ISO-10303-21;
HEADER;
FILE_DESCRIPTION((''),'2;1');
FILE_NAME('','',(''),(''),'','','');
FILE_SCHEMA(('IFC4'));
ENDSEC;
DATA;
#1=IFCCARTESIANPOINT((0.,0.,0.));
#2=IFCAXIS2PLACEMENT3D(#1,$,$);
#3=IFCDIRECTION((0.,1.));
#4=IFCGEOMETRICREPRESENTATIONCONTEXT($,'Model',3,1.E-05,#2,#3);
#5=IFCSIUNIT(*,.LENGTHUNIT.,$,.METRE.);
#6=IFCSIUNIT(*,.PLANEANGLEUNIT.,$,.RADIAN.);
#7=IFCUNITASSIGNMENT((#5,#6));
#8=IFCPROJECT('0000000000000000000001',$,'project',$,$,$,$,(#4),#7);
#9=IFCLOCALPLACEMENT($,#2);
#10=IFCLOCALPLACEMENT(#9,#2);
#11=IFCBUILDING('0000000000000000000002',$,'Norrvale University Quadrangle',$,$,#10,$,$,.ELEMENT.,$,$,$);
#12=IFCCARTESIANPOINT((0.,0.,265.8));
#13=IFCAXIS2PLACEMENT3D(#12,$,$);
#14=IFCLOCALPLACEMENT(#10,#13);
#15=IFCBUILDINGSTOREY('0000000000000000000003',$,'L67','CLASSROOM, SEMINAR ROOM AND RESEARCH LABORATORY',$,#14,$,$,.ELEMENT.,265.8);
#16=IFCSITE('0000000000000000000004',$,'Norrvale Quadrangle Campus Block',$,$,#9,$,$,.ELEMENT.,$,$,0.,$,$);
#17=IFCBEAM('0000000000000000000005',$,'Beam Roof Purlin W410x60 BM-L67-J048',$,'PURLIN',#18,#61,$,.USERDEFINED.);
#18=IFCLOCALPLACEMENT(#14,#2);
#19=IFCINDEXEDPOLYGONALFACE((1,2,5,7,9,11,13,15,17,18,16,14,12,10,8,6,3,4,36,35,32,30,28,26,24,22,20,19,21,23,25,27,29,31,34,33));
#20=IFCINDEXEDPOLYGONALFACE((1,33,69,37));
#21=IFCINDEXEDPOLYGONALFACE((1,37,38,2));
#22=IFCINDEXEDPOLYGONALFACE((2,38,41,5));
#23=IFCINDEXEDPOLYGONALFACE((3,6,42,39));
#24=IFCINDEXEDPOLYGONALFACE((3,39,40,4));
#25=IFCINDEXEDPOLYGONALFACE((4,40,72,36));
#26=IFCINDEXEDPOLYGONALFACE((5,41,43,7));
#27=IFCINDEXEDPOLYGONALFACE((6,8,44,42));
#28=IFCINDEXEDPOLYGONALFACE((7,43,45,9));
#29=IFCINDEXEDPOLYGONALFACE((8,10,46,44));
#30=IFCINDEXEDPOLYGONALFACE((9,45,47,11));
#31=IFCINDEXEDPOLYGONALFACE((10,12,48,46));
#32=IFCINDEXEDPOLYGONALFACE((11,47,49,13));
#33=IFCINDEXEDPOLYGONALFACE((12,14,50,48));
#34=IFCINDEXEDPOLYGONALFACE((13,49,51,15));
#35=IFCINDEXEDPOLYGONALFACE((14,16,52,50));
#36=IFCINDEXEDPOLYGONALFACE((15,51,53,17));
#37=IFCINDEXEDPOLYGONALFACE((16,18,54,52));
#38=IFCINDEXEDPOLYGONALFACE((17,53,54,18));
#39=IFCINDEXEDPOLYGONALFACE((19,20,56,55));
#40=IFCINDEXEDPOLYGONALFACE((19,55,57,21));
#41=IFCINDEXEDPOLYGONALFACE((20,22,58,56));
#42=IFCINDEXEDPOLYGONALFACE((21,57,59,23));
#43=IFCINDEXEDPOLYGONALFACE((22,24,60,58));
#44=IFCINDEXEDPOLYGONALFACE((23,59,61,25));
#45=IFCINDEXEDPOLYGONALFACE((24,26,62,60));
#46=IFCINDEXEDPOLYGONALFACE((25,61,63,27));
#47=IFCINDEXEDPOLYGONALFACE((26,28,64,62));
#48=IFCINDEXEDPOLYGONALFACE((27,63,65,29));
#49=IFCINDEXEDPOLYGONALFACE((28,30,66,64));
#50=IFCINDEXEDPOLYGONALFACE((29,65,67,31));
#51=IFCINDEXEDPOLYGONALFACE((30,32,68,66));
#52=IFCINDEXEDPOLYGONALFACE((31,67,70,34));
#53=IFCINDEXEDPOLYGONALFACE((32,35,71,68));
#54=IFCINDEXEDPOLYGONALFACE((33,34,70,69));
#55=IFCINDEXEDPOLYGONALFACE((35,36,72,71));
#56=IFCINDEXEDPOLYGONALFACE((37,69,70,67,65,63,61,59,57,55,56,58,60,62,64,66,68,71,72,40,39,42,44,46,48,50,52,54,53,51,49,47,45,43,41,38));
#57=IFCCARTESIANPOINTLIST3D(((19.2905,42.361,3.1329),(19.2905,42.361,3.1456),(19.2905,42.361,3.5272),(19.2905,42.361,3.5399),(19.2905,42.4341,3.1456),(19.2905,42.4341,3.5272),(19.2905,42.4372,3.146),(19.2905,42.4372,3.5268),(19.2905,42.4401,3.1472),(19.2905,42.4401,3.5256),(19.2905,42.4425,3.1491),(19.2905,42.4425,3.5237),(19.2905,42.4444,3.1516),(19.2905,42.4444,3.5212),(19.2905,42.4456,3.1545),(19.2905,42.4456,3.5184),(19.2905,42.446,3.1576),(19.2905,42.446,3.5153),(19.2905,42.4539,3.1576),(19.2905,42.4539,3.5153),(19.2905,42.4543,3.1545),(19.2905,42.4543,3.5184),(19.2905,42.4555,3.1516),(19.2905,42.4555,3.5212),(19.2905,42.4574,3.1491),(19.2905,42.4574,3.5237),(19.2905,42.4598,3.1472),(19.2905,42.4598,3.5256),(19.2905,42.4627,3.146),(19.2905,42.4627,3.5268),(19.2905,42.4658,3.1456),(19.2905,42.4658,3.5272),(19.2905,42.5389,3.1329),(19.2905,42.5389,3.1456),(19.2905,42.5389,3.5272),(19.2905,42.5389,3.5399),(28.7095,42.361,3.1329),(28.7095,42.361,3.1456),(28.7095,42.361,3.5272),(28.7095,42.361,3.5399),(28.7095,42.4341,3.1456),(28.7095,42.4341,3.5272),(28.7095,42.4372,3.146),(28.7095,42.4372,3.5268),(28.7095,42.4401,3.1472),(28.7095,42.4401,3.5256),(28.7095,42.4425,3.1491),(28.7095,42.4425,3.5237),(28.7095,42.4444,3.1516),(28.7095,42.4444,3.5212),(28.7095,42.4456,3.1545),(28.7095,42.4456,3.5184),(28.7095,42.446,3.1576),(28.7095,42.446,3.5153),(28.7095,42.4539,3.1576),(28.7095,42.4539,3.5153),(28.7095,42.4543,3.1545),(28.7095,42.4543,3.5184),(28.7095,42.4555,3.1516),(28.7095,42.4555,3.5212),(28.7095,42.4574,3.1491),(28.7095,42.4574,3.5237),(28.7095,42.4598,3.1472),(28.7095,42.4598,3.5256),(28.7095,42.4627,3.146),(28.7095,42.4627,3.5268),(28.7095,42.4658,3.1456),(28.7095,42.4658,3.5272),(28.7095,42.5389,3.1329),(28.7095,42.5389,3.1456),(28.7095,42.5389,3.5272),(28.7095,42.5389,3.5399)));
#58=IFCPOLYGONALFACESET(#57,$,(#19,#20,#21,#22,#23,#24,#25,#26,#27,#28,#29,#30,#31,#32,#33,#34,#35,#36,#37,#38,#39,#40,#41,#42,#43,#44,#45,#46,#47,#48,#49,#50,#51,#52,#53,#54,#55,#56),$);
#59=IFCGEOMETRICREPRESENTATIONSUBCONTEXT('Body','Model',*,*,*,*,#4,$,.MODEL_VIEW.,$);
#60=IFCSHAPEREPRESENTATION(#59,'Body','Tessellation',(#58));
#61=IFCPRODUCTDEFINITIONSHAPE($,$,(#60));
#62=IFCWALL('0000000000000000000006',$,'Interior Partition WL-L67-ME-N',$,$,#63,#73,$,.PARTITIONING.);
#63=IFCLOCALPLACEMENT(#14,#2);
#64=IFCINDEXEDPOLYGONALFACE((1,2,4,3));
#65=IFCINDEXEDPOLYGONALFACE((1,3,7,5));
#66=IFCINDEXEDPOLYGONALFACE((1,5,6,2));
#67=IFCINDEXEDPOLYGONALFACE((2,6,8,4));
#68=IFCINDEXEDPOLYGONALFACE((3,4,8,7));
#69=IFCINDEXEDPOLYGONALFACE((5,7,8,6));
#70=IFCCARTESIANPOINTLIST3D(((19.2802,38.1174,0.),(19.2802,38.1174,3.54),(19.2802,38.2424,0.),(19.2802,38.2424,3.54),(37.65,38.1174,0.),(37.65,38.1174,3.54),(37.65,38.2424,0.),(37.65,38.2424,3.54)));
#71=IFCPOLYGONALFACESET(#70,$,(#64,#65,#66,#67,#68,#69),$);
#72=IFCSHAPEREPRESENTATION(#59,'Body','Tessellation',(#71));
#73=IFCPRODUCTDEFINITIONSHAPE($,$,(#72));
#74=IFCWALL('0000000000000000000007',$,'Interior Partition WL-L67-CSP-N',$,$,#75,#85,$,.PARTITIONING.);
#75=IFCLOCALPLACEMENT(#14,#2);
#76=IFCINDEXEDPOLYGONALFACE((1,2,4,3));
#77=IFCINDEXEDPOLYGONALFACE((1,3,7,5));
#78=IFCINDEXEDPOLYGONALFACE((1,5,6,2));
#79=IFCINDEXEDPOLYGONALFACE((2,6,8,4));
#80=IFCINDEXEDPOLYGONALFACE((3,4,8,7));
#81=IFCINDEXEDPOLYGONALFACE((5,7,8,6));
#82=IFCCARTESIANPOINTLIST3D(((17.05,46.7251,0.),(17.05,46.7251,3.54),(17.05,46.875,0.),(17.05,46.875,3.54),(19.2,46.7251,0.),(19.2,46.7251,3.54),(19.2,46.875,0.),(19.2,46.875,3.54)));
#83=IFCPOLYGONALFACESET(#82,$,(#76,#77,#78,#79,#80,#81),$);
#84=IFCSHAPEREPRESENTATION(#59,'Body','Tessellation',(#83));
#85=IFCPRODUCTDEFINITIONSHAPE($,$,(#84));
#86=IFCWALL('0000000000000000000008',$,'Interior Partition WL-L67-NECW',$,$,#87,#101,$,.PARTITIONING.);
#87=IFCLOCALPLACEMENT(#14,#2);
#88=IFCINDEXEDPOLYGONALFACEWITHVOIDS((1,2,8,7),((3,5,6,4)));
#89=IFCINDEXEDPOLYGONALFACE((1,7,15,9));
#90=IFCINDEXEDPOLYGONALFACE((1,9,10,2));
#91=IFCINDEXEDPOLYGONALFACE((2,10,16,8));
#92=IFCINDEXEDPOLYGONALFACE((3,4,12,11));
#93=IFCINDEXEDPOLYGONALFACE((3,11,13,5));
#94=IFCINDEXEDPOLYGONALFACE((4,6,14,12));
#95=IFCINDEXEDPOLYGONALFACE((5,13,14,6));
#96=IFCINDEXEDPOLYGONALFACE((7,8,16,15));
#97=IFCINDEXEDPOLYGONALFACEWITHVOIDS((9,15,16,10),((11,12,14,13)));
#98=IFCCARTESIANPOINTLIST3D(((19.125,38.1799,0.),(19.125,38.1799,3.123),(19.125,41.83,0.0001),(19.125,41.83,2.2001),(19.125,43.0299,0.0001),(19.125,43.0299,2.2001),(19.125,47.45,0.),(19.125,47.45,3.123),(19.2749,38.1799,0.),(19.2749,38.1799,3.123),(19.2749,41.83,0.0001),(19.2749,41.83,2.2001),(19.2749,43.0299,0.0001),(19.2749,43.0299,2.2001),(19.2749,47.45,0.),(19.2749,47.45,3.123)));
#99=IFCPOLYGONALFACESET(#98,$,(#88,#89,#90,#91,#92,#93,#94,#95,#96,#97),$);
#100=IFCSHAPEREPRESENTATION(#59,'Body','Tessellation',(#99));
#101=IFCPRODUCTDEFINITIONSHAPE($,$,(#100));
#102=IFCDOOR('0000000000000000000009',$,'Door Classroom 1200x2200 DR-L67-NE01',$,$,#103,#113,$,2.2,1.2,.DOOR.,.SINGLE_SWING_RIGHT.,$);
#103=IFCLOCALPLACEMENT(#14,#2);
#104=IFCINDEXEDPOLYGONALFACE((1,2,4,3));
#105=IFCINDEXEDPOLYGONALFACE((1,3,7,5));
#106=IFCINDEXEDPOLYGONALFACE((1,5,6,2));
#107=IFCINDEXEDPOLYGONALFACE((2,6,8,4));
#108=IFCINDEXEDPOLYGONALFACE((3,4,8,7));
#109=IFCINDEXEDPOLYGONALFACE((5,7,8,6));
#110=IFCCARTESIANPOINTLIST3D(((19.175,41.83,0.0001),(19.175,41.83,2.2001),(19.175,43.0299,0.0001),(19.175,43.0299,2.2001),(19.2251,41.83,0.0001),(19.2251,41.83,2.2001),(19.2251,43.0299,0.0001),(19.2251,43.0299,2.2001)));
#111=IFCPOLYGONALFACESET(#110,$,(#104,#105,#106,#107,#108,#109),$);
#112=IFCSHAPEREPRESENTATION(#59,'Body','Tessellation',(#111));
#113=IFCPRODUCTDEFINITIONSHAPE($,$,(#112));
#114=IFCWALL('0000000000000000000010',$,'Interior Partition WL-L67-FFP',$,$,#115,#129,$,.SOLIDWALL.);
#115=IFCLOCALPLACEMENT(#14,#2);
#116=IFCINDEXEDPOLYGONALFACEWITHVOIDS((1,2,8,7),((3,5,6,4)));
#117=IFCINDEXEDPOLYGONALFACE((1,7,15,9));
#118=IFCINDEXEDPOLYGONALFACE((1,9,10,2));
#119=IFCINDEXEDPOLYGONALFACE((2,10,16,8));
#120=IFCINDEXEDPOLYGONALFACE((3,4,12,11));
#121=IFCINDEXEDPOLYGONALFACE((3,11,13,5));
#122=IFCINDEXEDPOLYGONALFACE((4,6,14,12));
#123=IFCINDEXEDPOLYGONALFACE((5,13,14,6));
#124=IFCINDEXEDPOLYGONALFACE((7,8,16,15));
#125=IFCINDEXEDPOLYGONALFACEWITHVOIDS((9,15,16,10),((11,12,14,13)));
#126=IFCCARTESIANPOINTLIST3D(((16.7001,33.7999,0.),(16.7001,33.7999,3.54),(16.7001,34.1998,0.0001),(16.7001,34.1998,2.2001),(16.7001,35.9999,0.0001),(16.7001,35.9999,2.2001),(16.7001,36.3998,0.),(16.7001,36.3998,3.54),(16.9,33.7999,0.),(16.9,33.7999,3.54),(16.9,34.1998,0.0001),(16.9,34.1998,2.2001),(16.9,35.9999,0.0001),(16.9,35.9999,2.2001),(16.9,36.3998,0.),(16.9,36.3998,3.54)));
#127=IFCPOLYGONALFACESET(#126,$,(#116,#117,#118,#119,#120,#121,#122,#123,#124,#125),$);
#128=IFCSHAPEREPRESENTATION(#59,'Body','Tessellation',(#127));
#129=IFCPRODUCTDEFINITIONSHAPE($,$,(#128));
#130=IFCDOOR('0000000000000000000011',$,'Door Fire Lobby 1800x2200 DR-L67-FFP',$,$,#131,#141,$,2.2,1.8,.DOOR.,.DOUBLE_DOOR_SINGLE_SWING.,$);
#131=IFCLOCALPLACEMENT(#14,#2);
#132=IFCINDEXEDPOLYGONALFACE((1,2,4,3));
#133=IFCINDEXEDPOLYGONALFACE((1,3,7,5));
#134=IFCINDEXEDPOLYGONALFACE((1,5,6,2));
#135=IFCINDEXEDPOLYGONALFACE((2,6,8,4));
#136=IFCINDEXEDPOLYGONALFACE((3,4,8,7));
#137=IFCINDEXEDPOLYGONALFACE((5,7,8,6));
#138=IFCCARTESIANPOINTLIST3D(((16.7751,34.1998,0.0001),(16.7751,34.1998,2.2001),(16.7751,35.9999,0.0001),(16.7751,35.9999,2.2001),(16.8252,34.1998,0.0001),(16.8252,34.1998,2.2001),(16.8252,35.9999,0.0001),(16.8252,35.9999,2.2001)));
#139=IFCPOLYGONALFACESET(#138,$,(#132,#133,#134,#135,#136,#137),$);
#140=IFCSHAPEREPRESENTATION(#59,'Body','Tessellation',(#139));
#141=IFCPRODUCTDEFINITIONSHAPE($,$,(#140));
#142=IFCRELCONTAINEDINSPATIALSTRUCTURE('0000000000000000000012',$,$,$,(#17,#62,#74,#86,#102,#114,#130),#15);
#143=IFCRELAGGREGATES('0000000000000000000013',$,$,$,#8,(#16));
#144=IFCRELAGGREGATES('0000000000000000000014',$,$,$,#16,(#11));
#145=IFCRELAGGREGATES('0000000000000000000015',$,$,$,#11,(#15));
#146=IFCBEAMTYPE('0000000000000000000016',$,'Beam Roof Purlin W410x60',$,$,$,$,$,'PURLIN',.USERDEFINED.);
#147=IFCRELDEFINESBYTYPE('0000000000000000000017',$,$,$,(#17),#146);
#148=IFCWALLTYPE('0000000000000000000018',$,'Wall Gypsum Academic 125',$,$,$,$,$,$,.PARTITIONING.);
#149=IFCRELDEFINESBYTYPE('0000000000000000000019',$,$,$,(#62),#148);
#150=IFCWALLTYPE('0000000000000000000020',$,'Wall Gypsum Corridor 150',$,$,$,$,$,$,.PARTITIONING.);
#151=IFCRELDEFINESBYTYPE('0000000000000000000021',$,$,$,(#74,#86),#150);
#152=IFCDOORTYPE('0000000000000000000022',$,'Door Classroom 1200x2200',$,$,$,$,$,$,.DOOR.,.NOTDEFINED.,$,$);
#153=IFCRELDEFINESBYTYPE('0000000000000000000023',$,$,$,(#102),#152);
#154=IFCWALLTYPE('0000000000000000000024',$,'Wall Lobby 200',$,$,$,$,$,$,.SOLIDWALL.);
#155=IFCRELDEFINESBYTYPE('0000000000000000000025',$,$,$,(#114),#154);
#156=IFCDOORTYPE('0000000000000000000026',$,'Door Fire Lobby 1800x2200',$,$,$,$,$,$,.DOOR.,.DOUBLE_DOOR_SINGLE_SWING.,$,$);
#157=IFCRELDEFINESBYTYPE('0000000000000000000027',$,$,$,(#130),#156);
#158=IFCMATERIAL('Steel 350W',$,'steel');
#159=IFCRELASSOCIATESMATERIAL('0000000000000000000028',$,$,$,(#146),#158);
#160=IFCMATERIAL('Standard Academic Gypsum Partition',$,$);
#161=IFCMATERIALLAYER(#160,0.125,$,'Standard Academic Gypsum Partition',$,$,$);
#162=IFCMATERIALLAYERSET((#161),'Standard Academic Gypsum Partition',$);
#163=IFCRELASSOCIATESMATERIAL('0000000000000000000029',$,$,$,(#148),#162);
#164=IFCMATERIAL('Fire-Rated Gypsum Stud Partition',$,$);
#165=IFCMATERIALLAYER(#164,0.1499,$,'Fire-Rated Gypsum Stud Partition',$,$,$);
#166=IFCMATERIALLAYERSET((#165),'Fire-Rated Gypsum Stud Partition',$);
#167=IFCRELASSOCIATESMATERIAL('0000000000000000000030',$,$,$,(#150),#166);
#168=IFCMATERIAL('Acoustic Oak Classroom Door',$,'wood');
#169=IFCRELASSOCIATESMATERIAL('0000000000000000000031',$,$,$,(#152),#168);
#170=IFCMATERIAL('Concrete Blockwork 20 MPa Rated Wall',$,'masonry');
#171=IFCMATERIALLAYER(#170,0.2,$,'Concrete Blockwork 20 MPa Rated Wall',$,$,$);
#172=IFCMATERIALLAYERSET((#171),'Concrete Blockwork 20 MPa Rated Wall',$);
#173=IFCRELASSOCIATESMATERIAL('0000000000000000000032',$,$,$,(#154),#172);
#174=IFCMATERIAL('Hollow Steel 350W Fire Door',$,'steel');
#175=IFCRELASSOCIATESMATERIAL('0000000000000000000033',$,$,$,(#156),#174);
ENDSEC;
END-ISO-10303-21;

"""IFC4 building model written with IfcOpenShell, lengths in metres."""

from ifc_helpers import new_model, si_unit, direction, frame, frame_2d, origin, origin_2d, place, context, subcontext, project, spatial, rectangle, i_section, extrude, material, layer, layer_set, material_profile, profile_set, type_object, element, fill, save


model = new_model("IFC4")

# Units and contexts
model_context = context("Model", 3, precision=1e-05, world=origin(), true_north=direction((0.0, 1.0)))
body_context = subcontext(model_context, "Body", "Model", "MODEL_VIEW")
ifc_project = project(units=[si_unit("LENGTHUNIT", "METRE"), si_unit("PLANEANGLEUNIT", "RADIAN")], contexts=[model_context])

# Site, building, storey
site_placement = place(None, origin())
site = spatial("IfcSite", under=ifc_project, at=site_placement, Name="Norrvale Quadrangle Campus Block", CompositionType="ELEMENT", RefElevation=0.0)
building_placement = place(site_placement, origin())
building = spatial("IfcBuilding", under=site, at=building_placement, Name="Norrvale University Quadrangle", CompositionType="ELEMENT")
storey_placement = place(building_placement, frame((0.0, 0.0, 265.8)))
storey = spatial("IfcBuildingStorey", under=building, at=storey_placement, Name="L67", Description="CLASSROOM, SEMINAR ROOM AND RESEARCH LABORATORY", CompositionType="ELEMENT", Elevation=265.8)

# Beam
ifc_material_1 = material(Name="Steel 350W", Category="steel")
ifc_material_profile_1 = material_profile(ifc_material_1, i_section(OverallWidth=0.178, OverallDepth=0.407, WebThickness=0.0078, FlangeThickness=0.0127, FilletRadius=0.012, at=origin_2d()), Name="Steel 350W")
ifc_profile_set_1 = profile_set([ifc_material_profile_1], Name="Steel 350W")
beam_type_1 = type_object("IfcBeamType", Name="Beam Roof Purlin W410x60", ElementType="PURLIN", PredefinedType="USERDEFINED", material=ifc_profile_set_1)
for number, where, z_axis, x_axis, name in (
    (1, (19.2905, 42.45, 3.3364), (1.0, 0.0, 0.0), (0.0, 1.0, 0.0), "Beam Roof Purlin W410x60 BM-L67-J048"),
):
    element("IfcBeam", number, at=place(storey_placement, frame(where, z_axis=z_axis, x_axis=x_axis)), inside=storey, type_object=beam_type_1, Name=name, ObjectType="PURLIN", PredefinedType="USERDEFINED", context=body_context, shape_type="SweptSolid", body=[
        extrude(i_section(OverallWidth=0.178, OverallDepth=0.407, WebThickness=0.0078, FlangeThickness=0.0127, FilletRadius=0.012, at=origin_2d()), origin(), (0.0, 0.0, 1.0), 9.4189),
    ])

# Walls
ifc_material_2 = material(Name="Standard Academic Gypsum Partition")
ifc_layer_1 = layer(ifc_material_2, 0.125, Name="Standard Academic Gypsum Partition")
ifc_layer_set_1 = layer_set([ifc_layer_1], Name="Standard Academic Gypsum Partition")
wall_type_1 = type_object("IfcWallType", Name="Wall Gypsum Academic 125", PredefinedType="PARTITIONING", material=ifc_layer_set_1)
wall_1_placement = place(storey_placement, frame((19.28, 38.1799, 0.0), z_axis=(0.0, 0.0, 1.0), x_axis=(1.0, 0.0, 0.0)))
element("IfcWall", 2, at=wall_1_placement, inside=storey, type_object=wall_type_1, Name="Interior Partition WL-L67-ME-N", PredefinedType="PARTITIONING", context=body_context, shape_type="SweptSolid", body=[
    extrude(rectangle(XDim=18.3699, YDim=0.125, at=frame_2d((9.1851, 0.0))), origin(), (0.0, 0.0, 1.0), 3.54),
])
ifc_material_3 = material(Name="Fire-Rated Gypsum Stud Partition")
ifc_layer_2 = layer(ifc_material_3, 0.1499, Name="Fire-Rated Gypsum Stud Partition")
ifc_layer_set_2 = layer_set([ifc_layer_2], Name="Fire-Rated Gypsum Stud Partition")
wall_type_2 = type_object("IfcWallType", Name="Wall Gypsum Corridor 150", PredefinedType="PARTITIONING", material=ifc_layer_set_2)
wall_2_placement = place(storey_placement, frame((17.05, 46.8, 0.0), z_axis=(0.0, 0.0, 1.0), x_axis=(1.0, 0.0, 0.0)))
element("IfcWall", 3, at=wall_2_placement, inside=storey, type_object=wall_type_2, Name="Interior Partition WL-L67-CSP-N", PredefinedType="PARTITIONING", context=body_context, shape_type="SweptSolid", body=[
    extrude(rectangle(XDim=2.1499, YDim=0.1499, at=frame_2d((1.075, 0.0))), origin(), (0.0, 0.0, 1.0), 3.54),
])

# Walls, openings, doors
wall_3_placement = place(storey_placement, frame((19.2, 38.1799, 0.0), z_axis=(0.0, 0.0, 1.0), x_axis=(0.0, 1.0, 0.0)))
wall_3 = element("IfcWall", 4, at=wall_3_placement, inside=storey, type_object=wall_type_2, Name="Interior Partition WL-L67-NECW", PredefinedType="PARTITIONING", context=body_context, shape_type="SweptSolid", body=[
    extrude(rectangle(XDim=9.27, YDim=0.1499, at=frame_2d((4.635, 0.0))), origin(), (0.0, 0.0, 1.0), 3.123),
])
opening_1_placement = place(wall_3_placement, frame((3.6499, 0.0, 0.0)))
opening_1 = element("IfcOpeningElement", 5, at=opening_1_placement, cuts=wall_3, PredefinedType="OPENING", context=body_context, shape_type="SweptSolid", body=[
    extrude(rectangle(XDim=1.2, YDim=2.2, at=frame_2d((0.6001, 1.1001))), frame((0.0, 0.0869, 0.0), z_axis=(0.0, -1.0, 0.0), x_axis=(1.0, 0.0, 0.0)), (0.0, 0.0, 1.0), 0.1738),
])
ifc_material_4 = material(Name="Acoustic Oak Classroom Door", Category="wood")
door_type_1 = type_object("IfcDoorType", Name="Door Classroom 1200x2200", OperationType="NOTDEFINED", PredefinedType="DOOR", material=ifc_material_4)
door_1_placement = place(opening_1_placement, origin())
door_1 = element("IfcDoor", 6, at=door_1_placement, inside=storey, type_object=door_type_1, Name="Door Classroom 1200x2200 DR-L67-NE01", OperationType="SINGLE_SWING_RIGHT", OverallHeight=2.2, OverallWidth=1.2, PredefinedType="DOOR", context=body_context, shape_type="SweptSolid", body=[
    extrude(rectangle(XDim=1.2, YDim=2.2, at=frame_2d((0.6001, 1.1001))), frame((0.0, 0.0249, 0.0), z_axis=(0.0, -1.0, 0.0), x_axis=(1.0, 0.0, 0.0)), (0.0, 0.0, 1.0), 0.05),
])
fill(opening_1, door_1)
ifc_material_5 = material(Name="Concrete Blockwork 20 MPa Rated Wall", Category="masonry")
ifc_layer_3 = layer(ifc_material_5, 0.2, Name="Concrete Blockwork 20 MPa Rated Wall")
ifc_layer_set_3 = layer_set([ifc_layer_3], Name="Concrete Blockwork 20 MPa Rated Wall")
wall_type_3 = type_object("IfcWallType", Name="Wall Lobby 200", PredefinedType="SOLIDWALL", material=ifc_layer_set_3)
wall_4_placement = place(storey_placement, frame((16.8, 33.8, 0.0), z_axis=(0.0, 0.0, 1.0), x_axis=(0.0, 1.0, 0.0)))
wall_4 = element("IfcWall", 7, at=wall_4_placement, inside=storey, type_object=wall_type_3, Name="Interior Partition WL-L67-FFP", PredefinedType="SOLIDWALL", context=body_context, shape_type="SweptSolid", body=[
    extrude(rectangle(XDim=2.5999, YDim=0.2, at=frame_2d((1.2998, 0.0))), origin(), (0.0, 0.0, 1.0), 3.54),
])
opening_2_placement = place(wall_4_placement, frame((0.3999, 0.0, 0.0)))
opening_2 = element("IfcOpeningElement", 8, at=opening_2_placement, cuts=wall_4, PredefinedType="OPENING", context=body_context, shape_type="SweptSolid", body=[
    extrude(rectangle(XDim=1.8, YDim=2.2, at=frame_2d((0.8999, 1.1001))), frame((0.0, 0.1121, 0.0), z_axis=(0.0, -1.0, 0.0), x_axis=(1.0, 0.0, 0.0)), (0.0, 0.0, 1.0), 0.2239),
])
ifc_material_6 = material(Name="Hollow Steel 350W Fire Door", Category="steel")
door_type_2 = type_object("IfcDoorType", Name="Door Fire Lobby 1800x2200", OperationType="DOUBLE_DOOR_SINGLE_SWING", PredefinedType="DOOR", material=ifc_material_6)
door_2_placement = place(opening_2_placement, origin())
door_2 = element("IfcDoor", 9, at=door_2_placement, inside=storey, type_object=door_type_2, Name="Door Fire Lobby 1800x2200 DR-L67-FFP", OperationType="DOUBLE_DOOR_SINGLE_SWING", OverallHeight=2.2, OverallWidth=1.8, PredefinedType="DOOR", context=body_context, shape_type="SweptSolid", body=[
    extrude(rectangle(XDim=1.8, YDim=2.2, at=frame_2d((0.8999, 1.1001))), frame((0.0, 0.0249, 0.0), z_axis=(0.0, -1.0, 0.0), x_axis=(1.0, 0.0, 0.0)), (0.0, 0.0, 1.0), 0.05),
])
fill(opening_2, door_2)

save(model, "model.ifc")
